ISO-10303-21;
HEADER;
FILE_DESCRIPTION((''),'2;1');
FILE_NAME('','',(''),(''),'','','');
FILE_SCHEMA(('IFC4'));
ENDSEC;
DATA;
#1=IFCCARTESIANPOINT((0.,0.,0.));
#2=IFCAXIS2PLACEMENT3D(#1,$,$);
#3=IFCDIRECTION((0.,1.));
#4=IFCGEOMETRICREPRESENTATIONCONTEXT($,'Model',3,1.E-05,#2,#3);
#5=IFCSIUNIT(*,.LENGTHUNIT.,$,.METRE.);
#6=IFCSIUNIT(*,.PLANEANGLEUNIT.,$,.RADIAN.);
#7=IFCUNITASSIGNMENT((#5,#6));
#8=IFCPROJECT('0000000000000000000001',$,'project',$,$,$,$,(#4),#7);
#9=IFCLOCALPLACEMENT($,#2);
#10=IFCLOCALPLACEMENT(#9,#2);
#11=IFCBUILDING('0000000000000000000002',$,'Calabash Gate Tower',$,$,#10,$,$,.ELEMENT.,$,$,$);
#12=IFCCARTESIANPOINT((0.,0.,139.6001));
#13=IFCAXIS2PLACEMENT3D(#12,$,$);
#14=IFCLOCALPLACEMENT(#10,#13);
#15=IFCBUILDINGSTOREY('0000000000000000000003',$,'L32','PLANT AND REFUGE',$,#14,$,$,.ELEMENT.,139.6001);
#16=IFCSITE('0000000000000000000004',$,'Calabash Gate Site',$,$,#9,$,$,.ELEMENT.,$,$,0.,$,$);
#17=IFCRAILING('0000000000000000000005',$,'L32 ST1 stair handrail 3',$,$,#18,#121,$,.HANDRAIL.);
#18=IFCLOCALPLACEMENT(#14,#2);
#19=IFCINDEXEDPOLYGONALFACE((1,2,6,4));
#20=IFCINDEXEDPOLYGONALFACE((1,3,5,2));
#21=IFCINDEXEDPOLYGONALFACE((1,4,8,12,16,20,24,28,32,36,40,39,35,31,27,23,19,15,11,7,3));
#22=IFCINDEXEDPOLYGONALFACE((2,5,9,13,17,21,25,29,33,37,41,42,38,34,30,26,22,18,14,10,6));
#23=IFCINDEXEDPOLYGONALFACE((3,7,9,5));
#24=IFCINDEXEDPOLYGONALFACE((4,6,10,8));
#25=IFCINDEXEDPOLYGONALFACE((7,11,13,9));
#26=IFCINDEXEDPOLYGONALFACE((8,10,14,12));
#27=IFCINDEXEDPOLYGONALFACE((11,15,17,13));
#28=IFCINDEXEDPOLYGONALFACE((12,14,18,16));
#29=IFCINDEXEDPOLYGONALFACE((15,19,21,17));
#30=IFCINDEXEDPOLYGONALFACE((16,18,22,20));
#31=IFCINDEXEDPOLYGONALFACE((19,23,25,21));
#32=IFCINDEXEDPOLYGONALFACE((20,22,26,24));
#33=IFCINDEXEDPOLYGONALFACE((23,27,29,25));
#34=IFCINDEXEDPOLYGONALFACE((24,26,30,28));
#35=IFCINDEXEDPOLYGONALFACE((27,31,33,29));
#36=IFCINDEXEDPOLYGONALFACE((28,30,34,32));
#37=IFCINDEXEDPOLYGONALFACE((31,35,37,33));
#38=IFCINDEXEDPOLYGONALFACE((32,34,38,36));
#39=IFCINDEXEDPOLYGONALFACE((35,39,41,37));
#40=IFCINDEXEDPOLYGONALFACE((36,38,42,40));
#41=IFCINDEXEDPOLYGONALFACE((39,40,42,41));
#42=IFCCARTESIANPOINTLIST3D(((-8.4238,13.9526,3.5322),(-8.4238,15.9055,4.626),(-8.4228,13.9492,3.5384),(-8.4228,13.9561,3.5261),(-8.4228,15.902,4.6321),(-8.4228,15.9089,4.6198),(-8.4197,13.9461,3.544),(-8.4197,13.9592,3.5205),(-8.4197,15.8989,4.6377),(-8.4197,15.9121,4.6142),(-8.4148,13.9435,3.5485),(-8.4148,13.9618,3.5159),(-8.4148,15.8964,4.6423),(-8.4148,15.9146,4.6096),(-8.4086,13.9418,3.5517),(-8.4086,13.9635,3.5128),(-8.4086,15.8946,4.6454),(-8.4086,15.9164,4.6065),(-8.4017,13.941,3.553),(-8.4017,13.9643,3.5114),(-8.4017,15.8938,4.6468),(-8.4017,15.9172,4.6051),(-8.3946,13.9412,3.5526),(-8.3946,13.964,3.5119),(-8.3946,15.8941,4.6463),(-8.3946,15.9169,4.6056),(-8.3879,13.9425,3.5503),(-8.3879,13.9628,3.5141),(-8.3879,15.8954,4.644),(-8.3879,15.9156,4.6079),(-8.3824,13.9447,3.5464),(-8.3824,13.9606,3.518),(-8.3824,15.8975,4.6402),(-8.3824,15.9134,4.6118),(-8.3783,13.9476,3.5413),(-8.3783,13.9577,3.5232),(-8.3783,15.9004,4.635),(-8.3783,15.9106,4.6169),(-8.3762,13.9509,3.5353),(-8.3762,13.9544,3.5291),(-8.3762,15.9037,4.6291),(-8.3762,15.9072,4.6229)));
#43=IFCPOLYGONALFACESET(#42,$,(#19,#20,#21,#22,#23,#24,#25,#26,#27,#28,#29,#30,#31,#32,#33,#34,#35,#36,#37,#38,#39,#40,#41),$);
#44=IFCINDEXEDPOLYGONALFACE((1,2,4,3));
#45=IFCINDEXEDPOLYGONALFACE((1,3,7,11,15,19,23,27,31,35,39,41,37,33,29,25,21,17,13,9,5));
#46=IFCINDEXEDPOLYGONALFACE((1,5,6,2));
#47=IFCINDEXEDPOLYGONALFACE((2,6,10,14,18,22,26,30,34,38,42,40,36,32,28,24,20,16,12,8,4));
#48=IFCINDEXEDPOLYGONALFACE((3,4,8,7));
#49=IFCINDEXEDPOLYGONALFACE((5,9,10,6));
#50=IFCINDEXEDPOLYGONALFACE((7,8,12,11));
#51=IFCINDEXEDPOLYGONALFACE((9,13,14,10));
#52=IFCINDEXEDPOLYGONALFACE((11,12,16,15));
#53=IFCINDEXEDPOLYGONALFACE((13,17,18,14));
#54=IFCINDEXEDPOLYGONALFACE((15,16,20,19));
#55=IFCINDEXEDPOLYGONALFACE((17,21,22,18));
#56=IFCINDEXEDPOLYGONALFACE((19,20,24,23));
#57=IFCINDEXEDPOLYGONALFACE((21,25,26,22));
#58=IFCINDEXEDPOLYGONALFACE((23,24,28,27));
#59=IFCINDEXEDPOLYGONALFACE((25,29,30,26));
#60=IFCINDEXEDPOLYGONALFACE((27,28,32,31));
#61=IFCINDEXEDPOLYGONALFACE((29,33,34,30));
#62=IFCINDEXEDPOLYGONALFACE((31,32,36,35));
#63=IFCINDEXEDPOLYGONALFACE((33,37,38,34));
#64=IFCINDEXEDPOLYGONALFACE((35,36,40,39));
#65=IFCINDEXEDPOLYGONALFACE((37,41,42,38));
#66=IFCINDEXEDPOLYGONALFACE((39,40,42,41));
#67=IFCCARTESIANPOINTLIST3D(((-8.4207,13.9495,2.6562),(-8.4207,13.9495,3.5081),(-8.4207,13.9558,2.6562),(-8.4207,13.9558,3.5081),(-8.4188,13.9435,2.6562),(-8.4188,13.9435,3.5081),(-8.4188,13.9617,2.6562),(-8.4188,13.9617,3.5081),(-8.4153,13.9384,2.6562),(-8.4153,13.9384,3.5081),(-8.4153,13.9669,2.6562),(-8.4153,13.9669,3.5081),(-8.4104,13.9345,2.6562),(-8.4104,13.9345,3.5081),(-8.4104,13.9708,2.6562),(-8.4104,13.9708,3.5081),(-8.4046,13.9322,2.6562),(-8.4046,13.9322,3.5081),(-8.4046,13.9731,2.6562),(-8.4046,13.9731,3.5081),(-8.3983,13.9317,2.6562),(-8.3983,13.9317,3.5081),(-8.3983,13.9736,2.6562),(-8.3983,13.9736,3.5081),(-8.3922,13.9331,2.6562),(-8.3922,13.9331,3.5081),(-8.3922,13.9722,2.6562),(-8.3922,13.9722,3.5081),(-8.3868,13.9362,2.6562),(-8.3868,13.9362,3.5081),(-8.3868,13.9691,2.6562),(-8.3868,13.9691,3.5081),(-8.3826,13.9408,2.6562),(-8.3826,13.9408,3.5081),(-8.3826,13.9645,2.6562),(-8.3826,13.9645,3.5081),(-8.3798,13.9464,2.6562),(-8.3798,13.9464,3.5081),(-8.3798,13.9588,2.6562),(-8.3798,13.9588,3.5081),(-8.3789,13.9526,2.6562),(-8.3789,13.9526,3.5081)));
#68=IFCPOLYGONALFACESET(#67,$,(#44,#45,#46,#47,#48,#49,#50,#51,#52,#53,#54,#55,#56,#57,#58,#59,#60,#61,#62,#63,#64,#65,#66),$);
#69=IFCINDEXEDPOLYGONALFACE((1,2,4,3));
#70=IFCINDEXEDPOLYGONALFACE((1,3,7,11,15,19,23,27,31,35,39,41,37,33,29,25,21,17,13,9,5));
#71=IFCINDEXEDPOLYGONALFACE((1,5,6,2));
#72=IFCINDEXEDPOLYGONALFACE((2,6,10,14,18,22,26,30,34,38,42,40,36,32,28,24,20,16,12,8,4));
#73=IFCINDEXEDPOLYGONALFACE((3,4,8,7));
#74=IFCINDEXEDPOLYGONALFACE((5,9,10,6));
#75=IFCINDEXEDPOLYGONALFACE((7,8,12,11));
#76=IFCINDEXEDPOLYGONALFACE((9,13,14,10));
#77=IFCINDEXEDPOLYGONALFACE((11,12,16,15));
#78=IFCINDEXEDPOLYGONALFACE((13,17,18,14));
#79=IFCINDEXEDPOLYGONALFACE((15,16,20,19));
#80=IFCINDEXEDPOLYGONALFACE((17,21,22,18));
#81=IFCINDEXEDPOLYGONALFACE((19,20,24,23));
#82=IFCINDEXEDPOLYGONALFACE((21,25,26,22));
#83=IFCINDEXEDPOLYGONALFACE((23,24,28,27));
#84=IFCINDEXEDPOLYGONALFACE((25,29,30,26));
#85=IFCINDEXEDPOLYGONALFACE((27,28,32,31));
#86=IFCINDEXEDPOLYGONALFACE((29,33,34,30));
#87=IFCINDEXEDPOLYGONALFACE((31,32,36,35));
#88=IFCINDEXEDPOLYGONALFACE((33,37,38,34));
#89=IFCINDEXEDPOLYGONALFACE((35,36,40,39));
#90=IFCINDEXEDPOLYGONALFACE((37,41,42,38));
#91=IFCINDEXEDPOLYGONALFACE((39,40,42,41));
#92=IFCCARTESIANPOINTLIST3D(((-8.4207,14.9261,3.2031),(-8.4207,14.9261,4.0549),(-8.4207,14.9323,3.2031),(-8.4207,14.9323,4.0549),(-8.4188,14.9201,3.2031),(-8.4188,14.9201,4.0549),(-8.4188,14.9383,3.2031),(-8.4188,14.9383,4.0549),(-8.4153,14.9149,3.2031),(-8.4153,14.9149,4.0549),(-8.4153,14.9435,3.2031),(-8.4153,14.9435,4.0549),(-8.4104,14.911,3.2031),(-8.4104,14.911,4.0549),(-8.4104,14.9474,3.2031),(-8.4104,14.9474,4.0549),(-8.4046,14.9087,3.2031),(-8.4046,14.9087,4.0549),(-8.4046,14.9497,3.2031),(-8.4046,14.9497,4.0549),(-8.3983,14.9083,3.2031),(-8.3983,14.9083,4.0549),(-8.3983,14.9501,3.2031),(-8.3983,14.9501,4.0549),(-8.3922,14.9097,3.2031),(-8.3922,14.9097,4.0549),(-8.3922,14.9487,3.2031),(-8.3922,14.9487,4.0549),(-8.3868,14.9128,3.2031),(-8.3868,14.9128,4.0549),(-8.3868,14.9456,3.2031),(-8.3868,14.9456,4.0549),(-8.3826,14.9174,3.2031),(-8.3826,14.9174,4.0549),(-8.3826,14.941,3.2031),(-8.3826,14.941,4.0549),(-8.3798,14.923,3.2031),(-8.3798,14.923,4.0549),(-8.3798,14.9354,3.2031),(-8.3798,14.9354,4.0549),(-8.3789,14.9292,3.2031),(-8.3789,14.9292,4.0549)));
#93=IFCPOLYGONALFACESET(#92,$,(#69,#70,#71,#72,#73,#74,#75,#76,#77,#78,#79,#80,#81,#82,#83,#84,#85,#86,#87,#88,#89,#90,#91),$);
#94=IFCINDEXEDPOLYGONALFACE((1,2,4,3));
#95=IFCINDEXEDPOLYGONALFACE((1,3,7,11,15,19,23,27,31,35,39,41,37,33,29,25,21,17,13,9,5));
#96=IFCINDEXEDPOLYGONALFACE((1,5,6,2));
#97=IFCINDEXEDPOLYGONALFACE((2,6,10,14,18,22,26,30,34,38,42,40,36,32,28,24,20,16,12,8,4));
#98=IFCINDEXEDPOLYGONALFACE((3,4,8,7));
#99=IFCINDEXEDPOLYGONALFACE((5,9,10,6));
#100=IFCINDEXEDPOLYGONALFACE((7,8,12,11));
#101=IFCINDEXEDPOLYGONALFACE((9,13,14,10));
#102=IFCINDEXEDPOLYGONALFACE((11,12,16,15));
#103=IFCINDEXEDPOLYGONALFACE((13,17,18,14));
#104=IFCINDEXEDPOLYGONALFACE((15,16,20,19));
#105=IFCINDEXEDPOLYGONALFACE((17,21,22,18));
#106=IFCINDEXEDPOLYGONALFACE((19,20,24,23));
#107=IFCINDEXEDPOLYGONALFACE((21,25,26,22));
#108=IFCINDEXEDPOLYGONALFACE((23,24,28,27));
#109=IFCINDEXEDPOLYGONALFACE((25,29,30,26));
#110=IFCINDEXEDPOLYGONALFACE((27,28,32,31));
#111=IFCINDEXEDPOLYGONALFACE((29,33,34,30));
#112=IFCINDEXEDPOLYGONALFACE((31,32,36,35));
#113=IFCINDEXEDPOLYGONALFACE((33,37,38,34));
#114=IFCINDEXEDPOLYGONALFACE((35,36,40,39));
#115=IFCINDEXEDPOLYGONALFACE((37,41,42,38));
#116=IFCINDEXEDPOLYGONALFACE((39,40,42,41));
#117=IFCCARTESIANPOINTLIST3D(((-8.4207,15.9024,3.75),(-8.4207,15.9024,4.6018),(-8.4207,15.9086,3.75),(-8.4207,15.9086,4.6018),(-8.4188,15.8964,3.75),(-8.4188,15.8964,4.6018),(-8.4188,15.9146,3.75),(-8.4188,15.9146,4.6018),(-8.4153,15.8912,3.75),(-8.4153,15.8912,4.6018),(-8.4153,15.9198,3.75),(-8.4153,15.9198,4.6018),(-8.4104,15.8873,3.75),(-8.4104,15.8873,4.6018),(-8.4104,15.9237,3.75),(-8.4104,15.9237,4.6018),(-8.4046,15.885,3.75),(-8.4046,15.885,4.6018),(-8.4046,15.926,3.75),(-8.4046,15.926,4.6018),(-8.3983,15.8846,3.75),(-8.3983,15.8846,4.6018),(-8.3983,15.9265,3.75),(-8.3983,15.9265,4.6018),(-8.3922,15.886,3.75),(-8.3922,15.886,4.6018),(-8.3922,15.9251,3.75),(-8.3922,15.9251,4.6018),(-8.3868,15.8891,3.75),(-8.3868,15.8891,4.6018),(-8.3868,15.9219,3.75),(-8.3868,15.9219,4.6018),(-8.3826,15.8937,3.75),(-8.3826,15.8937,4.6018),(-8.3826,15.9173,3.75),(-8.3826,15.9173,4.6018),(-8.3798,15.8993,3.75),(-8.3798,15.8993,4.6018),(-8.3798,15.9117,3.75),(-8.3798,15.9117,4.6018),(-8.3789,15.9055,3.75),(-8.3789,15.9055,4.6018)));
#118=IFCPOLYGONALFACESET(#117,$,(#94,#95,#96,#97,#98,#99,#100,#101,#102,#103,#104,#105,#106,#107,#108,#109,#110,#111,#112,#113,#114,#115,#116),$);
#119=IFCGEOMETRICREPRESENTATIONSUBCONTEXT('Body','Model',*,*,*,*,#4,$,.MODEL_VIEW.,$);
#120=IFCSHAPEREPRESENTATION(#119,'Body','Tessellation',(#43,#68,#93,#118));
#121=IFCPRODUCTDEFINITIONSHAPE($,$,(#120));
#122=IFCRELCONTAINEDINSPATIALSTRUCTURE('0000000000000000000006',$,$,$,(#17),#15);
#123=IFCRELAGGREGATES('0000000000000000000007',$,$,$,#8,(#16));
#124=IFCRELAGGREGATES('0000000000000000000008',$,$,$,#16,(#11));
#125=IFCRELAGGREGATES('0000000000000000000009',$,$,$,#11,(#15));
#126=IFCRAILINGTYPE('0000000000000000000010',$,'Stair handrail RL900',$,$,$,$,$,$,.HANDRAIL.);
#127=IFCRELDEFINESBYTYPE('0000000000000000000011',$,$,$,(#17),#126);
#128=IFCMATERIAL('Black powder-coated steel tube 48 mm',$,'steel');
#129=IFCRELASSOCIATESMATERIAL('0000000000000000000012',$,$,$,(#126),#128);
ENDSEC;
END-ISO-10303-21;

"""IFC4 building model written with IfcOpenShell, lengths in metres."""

from ifc_helpers import new_model, si_unit, direction, frame, origin, origin_2d, place, context, subcontext, project, spatial, circle, extrude, material, type_object, element, save


model = new_model("IFC4")

# Units and contexts
model_context = context("Model", 3, precision=1e-05, world=origin(), true_north=direction((0.0, 1.0)))
body_context = subcontext(model_context, "Body", "Model", "MODEL_VIEW")
ifc_project = project(units=[si_unit("LENGTHUNIT", "METRE"), si_unit("PLANEANGLEUNIT", "RADIAN")], contexts=[model_context])

# Site, building, storey
site_placement = place(None, origin())
site = spatial("IfcSite", under=ifc_project, at=site_placement, Name="Calabash Gate Site", CompositionType="ELEMENT", RefElevation=0.0)
building_placement = place(site_placement, origin())
building = spatial("IfcBuilding", under=site, at=building_placement, Name="Calabash Gate Tower", CompositionType="ELEMENT")
storey_placement = place(building_placement, frame((0.0, 0.0, 139.6001)))
storey = spatial("IfcBuildingStorey", under=building, at=storey_placement, Name="L32", Description="PLANT AND REFUGE", CompositionType="ELEMENT", Elevation=139.6001)

# Railing
ifc_material_1 = material(Name="Black powder-coated steel tube 48 mm", Category="steel")
railing_type_1 = type_object("IfcRailingType", Name="Stair handrail RL900", PredefinedType="HANDRAIL", material=ifc_material_1)
railing_1_placement = place(storey_placement, frame((-8.3999, 13.9526, 2.6562)))
element("IfcRailing", 1, at=railing_1_placement, inside=storey, type_object=railing_type_1, Name="L32 ST1 stair handrail 3", PredefinedType="HANDRAIL", context=body_context, shape_type="SweptSolid", body=[
    extrude(circle(Radius=0.0239, at=origin_2d()), frame((0.0, 0.0, 0.876), z_axis=(0.0, 0.87248, 0.48865), x_axis=(-1.0, 0.0, 0.0)), (0.0, 0.0, 1.0), 2.2383),
    extrude(circle(Radius=0.021, at=origin_2d()), origin(), (0.0, 0.0, 1.0), 0.8518),
    extrude(circle(Radius=0.021, at=origin_2d()), frame((0.0, 0.9766, 0.5469)), (0.0, 0.0, 1.0), 0.8518),
    extrude(circle(Radius=0.021, at=origin_2d()), frame((0.0, 1.9529, 1.0938)), (0.0, 0.0, 1.0), 0.8518),
])

save(model, "model.ifc")
